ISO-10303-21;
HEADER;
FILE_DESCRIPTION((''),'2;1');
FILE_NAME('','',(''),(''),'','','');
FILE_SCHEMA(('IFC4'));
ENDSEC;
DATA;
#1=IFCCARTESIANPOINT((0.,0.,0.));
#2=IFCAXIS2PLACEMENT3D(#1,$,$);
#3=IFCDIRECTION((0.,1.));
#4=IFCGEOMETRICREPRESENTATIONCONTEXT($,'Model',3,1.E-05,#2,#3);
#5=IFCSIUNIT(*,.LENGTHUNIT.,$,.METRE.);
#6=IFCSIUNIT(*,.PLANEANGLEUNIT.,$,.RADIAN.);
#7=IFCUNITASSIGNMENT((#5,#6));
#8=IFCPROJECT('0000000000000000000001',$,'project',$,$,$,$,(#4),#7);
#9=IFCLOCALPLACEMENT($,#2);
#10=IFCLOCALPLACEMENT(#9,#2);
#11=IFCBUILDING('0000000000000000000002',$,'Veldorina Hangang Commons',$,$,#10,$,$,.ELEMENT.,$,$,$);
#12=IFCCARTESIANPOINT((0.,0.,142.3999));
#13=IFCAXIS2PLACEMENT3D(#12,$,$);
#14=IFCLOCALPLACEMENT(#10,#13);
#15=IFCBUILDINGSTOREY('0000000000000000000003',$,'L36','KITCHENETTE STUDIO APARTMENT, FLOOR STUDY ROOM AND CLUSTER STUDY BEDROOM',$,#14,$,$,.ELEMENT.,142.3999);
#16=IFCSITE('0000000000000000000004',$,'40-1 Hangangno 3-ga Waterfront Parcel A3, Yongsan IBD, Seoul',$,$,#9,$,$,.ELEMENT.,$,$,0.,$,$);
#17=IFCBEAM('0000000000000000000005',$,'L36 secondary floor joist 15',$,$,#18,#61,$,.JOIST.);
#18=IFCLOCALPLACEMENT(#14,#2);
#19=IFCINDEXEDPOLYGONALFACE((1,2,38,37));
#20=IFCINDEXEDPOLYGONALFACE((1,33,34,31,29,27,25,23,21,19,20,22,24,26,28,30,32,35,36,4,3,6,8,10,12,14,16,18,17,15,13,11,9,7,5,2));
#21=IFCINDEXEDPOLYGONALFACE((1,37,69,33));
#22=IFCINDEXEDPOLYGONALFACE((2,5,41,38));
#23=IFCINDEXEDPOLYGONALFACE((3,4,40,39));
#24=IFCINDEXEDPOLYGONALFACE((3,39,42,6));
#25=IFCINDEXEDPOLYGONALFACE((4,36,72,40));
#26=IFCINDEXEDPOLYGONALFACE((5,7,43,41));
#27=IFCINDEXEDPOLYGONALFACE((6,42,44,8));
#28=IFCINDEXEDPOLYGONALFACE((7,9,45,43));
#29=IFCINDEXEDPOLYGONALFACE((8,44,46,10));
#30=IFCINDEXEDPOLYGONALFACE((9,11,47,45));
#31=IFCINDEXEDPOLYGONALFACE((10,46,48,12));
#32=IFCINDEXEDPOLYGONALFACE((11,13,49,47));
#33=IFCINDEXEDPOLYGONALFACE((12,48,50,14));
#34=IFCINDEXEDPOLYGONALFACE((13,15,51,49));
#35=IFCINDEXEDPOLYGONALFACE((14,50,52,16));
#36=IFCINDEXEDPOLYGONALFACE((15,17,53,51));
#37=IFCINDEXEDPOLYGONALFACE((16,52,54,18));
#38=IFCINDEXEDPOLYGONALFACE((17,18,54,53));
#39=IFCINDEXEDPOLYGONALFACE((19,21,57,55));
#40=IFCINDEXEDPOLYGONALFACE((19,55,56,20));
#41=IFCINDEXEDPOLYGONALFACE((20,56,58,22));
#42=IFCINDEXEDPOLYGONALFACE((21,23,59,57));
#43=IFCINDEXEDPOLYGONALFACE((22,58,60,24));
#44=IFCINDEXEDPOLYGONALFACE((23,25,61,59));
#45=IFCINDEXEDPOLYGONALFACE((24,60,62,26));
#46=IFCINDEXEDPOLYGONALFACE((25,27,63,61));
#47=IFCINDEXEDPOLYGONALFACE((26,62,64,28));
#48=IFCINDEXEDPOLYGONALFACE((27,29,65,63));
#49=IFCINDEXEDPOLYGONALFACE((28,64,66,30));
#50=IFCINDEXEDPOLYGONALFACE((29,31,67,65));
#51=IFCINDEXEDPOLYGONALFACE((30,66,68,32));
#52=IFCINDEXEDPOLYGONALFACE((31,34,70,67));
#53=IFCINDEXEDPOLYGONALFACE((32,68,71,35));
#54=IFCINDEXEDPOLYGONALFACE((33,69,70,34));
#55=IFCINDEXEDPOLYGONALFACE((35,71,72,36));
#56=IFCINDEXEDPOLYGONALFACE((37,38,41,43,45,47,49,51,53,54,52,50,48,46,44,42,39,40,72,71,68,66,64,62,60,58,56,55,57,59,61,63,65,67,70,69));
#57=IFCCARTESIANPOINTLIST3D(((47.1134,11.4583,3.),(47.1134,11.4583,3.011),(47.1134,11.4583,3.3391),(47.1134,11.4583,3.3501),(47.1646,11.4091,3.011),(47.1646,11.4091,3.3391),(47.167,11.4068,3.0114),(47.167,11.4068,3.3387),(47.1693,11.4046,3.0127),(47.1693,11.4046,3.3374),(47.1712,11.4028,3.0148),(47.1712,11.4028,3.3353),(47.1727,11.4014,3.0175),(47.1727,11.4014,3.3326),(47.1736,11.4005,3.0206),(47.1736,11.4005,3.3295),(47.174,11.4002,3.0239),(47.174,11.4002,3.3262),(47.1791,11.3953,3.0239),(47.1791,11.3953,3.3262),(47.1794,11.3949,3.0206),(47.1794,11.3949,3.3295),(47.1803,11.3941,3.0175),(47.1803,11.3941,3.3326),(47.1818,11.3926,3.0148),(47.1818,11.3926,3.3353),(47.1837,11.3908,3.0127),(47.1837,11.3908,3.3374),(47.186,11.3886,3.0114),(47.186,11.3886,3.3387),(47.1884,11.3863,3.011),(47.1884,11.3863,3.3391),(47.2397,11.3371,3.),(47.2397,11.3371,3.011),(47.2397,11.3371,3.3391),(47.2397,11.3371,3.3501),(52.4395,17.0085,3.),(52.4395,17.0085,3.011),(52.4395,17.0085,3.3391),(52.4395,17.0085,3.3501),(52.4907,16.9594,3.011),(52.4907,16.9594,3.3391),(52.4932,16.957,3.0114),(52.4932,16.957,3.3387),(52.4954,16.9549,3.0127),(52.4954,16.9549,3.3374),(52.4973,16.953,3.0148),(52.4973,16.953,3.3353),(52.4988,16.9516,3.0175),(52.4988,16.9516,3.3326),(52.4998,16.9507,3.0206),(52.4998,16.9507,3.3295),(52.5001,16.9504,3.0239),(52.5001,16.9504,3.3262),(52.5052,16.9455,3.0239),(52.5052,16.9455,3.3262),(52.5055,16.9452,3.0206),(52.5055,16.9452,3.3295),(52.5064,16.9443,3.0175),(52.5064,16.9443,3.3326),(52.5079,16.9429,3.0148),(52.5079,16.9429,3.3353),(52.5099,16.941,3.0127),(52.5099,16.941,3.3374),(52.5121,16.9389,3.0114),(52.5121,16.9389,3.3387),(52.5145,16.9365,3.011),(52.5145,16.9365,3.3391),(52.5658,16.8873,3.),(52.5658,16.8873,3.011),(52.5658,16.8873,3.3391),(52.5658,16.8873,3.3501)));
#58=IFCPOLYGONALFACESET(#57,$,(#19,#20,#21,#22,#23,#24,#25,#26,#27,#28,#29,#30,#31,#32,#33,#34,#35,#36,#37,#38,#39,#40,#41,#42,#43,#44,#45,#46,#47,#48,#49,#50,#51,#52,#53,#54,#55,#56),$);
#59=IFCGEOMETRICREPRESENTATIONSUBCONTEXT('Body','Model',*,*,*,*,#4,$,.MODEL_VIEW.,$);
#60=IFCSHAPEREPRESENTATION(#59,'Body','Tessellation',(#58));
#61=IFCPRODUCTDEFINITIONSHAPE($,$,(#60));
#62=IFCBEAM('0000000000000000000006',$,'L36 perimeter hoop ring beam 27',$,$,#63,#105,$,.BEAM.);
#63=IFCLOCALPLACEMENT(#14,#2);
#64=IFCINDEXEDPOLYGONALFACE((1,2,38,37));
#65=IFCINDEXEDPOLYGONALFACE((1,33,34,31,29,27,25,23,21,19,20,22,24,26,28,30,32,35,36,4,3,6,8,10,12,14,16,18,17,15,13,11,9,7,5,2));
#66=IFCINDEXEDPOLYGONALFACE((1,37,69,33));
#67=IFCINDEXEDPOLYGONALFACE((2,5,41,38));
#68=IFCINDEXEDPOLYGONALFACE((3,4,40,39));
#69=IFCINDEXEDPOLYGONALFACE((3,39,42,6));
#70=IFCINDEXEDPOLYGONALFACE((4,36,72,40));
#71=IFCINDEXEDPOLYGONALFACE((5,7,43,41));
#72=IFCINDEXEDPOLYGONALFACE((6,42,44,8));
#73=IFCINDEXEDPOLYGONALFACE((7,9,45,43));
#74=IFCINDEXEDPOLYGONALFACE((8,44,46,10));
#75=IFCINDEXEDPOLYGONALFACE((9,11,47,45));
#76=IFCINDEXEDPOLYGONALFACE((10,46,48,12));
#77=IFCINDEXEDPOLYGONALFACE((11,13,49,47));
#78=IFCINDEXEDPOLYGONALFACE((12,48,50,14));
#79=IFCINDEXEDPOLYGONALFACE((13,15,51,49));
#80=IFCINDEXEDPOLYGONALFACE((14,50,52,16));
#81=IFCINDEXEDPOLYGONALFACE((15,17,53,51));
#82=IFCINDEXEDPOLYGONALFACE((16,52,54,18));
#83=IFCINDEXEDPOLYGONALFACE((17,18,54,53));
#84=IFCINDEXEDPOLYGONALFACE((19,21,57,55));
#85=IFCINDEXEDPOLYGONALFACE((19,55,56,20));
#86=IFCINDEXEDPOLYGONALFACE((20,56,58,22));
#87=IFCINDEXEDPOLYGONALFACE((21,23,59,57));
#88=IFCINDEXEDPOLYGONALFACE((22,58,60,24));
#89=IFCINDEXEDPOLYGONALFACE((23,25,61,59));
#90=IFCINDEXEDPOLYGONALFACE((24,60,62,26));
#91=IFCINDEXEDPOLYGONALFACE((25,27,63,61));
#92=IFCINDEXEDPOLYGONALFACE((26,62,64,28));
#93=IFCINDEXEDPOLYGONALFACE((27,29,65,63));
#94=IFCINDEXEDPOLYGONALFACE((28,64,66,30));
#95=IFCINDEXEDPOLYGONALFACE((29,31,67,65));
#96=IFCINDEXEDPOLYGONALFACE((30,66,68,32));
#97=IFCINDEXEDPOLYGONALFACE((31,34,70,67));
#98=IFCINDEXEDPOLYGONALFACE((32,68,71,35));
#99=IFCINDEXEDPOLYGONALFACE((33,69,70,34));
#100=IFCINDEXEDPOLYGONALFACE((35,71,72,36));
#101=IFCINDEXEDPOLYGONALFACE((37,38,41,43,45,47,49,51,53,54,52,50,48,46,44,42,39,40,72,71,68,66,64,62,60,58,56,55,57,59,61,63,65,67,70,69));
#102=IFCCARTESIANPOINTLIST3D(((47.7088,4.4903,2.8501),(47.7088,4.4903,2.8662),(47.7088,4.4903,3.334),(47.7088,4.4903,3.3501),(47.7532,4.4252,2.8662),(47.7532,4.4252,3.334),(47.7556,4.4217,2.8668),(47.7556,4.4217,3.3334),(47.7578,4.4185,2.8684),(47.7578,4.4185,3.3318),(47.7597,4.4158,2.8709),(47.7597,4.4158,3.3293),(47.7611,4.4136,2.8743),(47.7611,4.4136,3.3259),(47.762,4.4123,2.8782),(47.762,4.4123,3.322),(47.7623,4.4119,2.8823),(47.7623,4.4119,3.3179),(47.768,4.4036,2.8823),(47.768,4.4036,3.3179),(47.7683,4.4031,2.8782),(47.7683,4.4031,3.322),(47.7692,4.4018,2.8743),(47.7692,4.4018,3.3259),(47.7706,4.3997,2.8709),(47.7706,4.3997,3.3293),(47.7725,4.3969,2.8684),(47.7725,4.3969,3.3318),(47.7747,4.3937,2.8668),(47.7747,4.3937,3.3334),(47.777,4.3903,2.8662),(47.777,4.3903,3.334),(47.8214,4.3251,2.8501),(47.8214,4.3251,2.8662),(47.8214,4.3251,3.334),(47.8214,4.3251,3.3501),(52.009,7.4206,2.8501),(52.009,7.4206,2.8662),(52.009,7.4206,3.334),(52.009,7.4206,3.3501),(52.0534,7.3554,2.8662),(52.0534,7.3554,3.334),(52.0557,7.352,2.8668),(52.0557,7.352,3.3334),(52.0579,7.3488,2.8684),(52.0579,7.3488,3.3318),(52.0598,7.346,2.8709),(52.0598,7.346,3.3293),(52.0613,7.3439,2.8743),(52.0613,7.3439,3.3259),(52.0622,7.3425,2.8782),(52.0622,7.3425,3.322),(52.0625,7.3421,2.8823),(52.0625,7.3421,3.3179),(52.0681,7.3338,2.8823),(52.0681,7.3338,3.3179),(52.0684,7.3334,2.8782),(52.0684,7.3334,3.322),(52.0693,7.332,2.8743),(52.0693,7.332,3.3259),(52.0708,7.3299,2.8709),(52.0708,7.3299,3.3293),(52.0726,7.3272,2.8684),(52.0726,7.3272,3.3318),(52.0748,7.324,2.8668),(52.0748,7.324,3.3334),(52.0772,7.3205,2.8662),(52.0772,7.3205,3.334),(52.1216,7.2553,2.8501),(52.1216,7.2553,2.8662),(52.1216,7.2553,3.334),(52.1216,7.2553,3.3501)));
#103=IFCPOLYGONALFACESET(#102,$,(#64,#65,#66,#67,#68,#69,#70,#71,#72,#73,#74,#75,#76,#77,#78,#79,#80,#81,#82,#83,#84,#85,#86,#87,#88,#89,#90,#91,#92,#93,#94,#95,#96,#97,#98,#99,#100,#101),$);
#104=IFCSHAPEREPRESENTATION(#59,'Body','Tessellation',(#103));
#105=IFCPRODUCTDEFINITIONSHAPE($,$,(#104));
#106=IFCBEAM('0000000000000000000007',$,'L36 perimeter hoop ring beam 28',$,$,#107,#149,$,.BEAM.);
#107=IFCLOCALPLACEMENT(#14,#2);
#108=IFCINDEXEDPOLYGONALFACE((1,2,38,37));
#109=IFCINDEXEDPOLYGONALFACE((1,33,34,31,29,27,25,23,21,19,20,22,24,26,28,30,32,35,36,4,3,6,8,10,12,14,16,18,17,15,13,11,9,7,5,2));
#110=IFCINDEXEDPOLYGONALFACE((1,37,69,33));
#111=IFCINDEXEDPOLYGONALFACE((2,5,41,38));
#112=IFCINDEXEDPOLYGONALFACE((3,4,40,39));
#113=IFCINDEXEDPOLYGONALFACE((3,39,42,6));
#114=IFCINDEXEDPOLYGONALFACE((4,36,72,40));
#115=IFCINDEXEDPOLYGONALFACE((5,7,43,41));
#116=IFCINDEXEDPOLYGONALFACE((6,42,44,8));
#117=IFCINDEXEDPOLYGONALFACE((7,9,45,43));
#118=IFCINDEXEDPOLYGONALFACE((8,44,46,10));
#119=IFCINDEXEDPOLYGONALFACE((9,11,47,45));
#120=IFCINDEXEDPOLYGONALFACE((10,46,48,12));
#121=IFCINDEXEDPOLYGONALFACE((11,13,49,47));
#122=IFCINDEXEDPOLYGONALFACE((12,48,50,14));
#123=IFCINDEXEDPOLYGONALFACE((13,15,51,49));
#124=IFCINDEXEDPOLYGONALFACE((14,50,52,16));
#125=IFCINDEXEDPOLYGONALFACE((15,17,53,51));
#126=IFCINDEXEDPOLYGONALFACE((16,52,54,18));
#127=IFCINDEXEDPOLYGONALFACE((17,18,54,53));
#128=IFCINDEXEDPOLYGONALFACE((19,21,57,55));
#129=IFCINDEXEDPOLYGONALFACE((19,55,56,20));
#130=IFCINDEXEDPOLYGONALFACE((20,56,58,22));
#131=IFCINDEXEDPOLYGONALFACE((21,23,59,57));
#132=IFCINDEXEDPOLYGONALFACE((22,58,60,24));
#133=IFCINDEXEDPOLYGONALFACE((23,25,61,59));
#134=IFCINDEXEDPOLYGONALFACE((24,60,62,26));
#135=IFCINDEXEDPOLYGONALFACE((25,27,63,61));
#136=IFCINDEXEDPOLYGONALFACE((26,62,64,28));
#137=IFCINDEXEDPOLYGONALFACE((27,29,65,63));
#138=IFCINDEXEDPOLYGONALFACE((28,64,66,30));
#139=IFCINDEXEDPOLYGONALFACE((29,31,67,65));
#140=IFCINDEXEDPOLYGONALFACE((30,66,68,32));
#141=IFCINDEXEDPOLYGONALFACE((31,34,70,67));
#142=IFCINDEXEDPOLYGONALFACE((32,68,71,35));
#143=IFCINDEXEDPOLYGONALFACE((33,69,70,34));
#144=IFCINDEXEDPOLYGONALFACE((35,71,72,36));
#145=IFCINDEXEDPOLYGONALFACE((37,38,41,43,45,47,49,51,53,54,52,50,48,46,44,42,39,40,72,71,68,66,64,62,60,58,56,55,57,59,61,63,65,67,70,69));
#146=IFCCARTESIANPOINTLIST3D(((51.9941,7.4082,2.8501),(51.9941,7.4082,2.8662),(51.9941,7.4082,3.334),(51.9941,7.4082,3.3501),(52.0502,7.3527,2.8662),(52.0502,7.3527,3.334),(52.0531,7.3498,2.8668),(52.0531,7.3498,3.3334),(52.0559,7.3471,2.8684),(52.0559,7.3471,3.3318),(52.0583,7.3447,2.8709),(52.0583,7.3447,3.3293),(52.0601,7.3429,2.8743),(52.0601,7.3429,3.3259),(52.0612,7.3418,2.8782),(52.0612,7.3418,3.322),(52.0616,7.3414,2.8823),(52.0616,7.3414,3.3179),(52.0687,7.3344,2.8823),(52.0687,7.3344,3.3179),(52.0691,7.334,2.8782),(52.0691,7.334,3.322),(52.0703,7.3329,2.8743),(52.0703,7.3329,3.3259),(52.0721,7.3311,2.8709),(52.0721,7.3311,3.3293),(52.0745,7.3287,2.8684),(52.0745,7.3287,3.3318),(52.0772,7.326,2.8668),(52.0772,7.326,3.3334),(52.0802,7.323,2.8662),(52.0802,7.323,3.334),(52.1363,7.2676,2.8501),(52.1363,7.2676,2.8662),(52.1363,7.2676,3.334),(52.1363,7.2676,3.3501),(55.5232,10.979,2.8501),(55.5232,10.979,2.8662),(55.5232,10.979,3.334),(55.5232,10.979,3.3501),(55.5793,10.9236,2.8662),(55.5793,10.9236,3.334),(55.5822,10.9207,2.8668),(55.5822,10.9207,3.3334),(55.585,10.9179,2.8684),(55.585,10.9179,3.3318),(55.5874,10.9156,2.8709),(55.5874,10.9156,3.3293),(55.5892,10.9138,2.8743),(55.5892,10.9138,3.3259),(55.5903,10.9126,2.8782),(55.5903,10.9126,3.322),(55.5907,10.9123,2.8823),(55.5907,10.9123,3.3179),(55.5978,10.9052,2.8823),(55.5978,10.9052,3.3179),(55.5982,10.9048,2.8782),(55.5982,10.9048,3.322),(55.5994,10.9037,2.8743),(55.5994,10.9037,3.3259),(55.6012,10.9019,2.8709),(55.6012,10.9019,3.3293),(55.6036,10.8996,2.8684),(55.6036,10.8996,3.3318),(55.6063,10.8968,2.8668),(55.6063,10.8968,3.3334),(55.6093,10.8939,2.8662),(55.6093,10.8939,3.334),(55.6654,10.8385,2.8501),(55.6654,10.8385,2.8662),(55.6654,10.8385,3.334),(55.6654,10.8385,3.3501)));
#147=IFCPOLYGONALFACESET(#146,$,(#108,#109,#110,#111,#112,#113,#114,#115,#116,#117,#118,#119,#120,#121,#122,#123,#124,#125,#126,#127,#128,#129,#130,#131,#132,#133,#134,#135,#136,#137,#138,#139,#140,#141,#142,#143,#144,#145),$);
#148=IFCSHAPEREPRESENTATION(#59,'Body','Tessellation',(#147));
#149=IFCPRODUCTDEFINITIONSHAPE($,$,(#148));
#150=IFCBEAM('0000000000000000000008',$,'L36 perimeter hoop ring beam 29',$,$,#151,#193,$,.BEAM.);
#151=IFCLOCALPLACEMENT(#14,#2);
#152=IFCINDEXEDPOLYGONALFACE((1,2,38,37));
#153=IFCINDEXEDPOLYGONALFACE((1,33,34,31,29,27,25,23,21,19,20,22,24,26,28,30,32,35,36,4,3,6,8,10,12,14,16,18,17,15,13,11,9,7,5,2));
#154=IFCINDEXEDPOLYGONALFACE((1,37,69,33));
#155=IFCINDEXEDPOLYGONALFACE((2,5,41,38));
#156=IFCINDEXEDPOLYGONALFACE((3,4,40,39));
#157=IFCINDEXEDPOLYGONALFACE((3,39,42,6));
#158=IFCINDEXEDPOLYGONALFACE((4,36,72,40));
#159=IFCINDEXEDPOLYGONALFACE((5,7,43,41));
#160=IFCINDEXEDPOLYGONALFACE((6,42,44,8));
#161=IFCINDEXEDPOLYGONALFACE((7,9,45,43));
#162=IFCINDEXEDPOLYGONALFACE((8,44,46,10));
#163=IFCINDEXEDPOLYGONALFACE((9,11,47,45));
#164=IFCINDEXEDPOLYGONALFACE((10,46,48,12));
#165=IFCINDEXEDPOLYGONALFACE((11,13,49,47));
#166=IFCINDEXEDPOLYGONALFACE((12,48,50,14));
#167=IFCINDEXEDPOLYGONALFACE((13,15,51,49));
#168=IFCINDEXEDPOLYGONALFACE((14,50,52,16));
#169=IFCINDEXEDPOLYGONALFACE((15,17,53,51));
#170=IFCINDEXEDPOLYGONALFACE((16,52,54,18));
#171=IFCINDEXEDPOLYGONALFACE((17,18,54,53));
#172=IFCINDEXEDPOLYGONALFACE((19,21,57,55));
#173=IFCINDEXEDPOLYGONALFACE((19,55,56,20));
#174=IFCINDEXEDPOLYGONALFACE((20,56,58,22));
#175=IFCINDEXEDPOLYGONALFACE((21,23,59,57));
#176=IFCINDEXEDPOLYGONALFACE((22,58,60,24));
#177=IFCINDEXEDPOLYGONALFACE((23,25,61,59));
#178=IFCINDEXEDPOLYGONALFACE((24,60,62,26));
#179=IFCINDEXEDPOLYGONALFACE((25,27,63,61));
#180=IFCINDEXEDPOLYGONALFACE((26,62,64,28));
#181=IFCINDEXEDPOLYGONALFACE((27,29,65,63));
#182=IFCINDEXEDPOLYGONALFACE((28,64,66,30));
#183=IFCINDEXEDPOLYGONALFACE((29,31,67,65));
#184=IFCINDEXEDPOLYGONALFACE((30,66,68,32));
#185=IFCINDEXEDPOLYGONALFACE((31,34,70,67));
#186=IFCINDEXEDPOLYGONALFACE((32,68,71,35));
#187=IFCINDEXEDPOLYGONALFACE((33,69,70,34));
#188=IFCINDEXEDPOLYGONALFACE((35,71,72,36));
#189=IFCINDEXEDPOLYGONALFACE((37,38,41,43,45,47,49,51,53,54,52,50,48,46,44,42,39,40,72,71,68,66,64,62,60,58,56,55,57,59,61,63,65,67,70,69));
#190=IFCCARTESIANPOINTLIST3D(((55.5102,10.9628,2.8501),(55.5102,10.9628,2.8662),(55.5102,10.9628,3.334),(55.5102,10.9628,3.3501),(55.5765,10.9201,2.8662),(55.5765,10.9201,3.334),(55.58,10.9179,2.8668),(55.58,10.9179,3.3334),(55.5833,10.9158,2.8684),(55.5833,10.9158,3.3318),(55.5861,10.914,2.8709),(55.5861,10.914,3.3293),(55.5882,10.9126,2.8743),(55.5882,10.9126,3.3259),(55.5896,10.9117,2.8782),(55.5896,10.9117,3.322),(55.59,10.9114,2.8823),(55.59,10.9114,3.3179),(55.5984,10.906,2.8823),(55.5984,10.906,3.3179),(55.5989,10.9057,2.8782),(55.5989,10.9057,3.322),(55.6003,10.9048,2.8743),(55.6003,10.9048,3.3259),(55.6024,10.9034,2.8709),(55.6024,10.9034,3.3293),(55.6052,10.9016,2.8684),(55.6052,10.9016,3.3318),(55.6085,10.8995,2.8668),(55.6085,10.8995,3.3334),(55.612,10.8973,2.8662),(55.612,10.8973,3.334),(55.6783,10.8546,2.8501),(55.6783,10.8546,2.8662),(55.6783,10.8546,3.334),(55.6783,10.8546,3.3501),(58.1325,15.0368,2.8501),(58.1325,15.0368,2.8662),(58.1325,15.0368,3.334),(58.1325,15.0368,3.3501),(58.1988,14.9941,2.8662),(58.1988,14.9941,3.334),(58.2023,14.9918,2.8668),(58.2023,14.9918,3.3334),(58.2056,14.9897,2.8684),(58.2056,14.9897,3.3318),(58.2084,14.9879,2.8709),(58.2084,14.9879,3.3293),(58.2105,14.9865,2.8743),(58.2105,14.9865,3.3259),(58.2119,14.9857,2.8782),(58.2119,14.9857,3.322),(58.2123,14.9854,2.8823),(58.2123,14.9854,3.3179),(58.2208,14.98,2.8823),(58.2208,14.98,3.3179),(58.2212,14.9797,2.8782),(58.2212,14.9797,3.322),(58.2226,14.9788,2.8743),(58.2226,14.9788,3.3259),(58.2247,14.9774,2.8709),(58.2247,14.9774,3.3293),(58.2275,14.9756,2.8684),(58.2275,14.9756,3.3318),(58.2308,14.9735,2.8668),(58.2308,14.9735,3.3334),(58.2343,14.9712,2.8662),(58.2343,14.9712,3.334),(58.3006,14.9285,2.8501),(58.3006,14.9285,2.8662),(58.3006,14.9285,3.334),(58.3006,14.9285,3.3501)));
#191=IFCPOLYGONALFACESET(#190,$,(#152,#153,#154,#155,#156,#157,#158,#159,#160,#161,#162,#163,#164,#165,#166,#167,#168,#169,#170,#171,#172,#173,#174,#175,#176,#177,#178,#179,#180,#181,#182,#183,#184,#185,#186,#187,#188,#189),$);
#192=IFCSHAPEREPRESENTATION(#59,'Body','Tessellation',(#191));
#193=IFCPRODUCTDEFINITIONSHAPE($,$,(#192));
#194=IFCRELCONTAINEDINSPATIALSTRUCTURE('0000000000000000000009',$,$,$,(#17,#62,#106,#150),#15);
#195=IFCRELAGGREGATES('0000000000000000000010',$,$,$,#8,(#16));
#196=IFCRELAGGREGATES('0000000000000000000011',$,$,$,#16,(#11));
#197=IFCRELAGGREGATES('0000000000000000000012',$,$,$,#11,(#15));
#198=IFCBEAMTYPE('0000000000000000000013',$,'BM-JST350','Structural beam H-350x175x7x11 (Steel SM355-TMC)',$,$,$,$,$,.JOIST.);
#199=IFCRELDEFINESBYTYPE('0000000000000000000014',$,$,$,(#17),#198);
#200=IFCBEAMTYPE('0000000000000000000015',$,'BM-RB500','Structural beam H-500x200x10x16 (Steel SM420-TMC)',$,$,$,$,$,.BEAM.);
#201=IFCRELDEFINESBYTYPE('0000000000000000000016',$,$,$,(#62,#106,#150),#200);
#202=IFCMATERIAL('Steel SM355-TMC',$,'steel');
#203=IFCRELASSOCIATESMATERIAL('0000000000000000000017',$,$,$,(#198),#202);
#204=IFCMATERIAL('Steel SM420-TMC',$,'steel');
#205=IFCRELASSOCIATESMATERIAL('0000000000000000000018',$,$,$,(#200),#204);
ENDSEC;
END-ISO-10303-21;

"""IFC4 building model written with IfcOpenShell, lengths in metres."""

from ifc_helpers import new_model, si_unit, direction, frame, origin, origin_2d, place, context, subcontext, project, spatial, i_section, extrude, material, material_profile, profile_set, type_object, element, save


model = new_model("IFC4")

# Units and contexts
model_context = context("Model", 3, precision=1e-05, world=origin(), true_north=direction((0.0, 1.0)))
body_context = subcontext(model_context, "Body", "Model", "MODEL_VIEW")
ifc_project = project(units=[si_unit("LENGTHUNIT", "METRE"), si_unit("PLANEANGLEUNIT", "RADIAN")], contexts=[model_context])

# Site, building, storey
site_placement = place(None, origin())
site = spatial("IfcSite", under=ifc_project, at=site_placement, Name="40-1 Hangangno 3-ga Waterfront Parcel A3, Yongsan IBD, Seoul", CompositionType="ELEMENT", RefElevation=0.0)
building_placement = place(site_placement, origin())
building = spatial("IfcBuilding", under=site, at=building_placement, Name="Veldorina Hangang Commons", CompositionType="ELEMENT")
storey_placement = place(building_placement, frame((0.0, 0.0, 142.3999)))
storey = spatial("IfcBuildingStorey", under=building, at=storey_placement, Name="L36", Description="KITCHENETTE STUDIO APARTMENT, FLOOR STUDY ROOM AND CLUSTER STUDY BEDROOM", CompositionType="ELEMENT", Elevation=142.3999)

# Beams
ifc_material_1 = material(Name="Steel SM355-TMC", Category="steel")
ifc_material_profile_1 = material_profile(ifc_material_1, i_section(OverallWidth=0.175, OverallDepth=0.3501, WebThickness=0.0071, FlangeThickness=0.011, FilletRadius=0.0129, at=origin_2d()), Name="H-350x175x7x11")
ifc_profile_set_1 = profile_set([ifc_material_profile_1], Name="Steel SM355-TMC")
beam_type_1 = type_object("IfcBeamType", Name="BM-JST350", Description="Structural beam H-350x175x7x11 (Steel SM355-TMC)", PredefinedType="JOIST", material=ifc_profile_set_1)
beam_1_placement = place(storey_placement, frame((47.1765, 11.3977, 3.175), z_axis=(0.692389, 0.721524, 0.0), x_axis=(-0.721524, 0.692389, 0.0)))
element("IfcBeam", 1, at=beam_1_placement, inside=storey, type_object=beam_type_1, Name="L36 secondary floor joist 15", PredefinedType="JOIST", context=body_context, shape_type="SweptSolid", body=[
    extrude(i_section(OverallWidth=0.175, OverallDepth=0.3501, WebThickness=0.0071, FlangeThickness=0.011, FilletRadius=0.0129, at=origin_2d()), origin(), (0.0, 0.0, 1.0), 7.6924),
])
ifc_material_2 = material(Name="Steel SM420-TMC", Category="steel")
ifc_material_profile_2 = material_profile(ifc_material_2, i_section(OverallWidth=0.2, OverallDepth=0.5, WebThickness=0.01, FlangeThickness=0.0161, FilletRadius=0.0161, at=origin_2d()), Name="H-500x200x10x16")
ifc_profile_set_2 = profile_set([ifc_material_profile_2], Name="Steel SM420-TMC")
beam_type_2 = type_object("IfcBeamType", Name="BM-RB500", Description="Structural beam H-500x200x10x16 (Steel SM420-TMC)", PredefinedType="BEAM", material=ifc_profile_set_2)
beam_2_placement = place(storey_placement, frame((47.7651, 4.4077, 3.1001), z_axis=(0.826377, 0.563117, 0.0), x_axis=(-0.563117, 0.826377, 0.0)))
element("IfcBeam", 2, at=beam_2_placement, inside=storey, type_object=beam_type_2, Name="L36 perimeter hoop ring beam 27", PredefinedType="BEAM", context=body_context, shape_type="SweptSolid", body=[
    extrude(i_section(OverallWidth=0.2, OverallDepth=0.5, WebThickness=0.01, FlangeThickness=0.0161, FilletRadius=0.0161, at=origin_2d()), origin(), (0.0, 0.0, 1.0), 5.2036),
])
beam_3_placement = place(storey_placement, frame((52.0652, 7.3379, 3.1001), z_axis=(0.702937, 0.711252, 0.0), x_axis=(-0.711252, 0.702937, 0.0)))
element("IfcBeam", 3, at=beam_3_placement, inside=storey, type_object=beam_type_2, Name="L36 perimeter hoop ring beam 28", PredefinedType="BEAM", context=body_context, shape_type="SweptSolid", body=[
    extrude(i_section(OverallWidth=0.2, OverallDepth=0.5, WebThickness=0.01, FlangeThickness=0.0161, FilletRadius=0.0161, at=origin_2d()), origin(), (0.0, 0.0, 1.0), 5.0205),
])
beam_4_placement = place(storey_placement, frame((55.5942, 10.9087, 3.1001), z_axis=(0.541244, 0.840866, 0.0), x_axis=(-0.840866, 0.541244, 0.0)))
element("IfcBeam", 4, at=beam_4_placement, inside=storey, type_object=beam_type_2, Name="L36 perimeter hoop ring beam 29", PredefinedType="BEAM", context=body_context, shape_type="SweptSolid", body=[
    extrude(i_section(OverallWidth=0.2, OverallDepth=0.5, WebThickness=0.01, FlangeThickness=0.0161, FilletRadius=0.0161, at=origin_2d()), origin(), (0.0, 0.0, 1.0), 4.845),
])

save(model, "model.ifc")
